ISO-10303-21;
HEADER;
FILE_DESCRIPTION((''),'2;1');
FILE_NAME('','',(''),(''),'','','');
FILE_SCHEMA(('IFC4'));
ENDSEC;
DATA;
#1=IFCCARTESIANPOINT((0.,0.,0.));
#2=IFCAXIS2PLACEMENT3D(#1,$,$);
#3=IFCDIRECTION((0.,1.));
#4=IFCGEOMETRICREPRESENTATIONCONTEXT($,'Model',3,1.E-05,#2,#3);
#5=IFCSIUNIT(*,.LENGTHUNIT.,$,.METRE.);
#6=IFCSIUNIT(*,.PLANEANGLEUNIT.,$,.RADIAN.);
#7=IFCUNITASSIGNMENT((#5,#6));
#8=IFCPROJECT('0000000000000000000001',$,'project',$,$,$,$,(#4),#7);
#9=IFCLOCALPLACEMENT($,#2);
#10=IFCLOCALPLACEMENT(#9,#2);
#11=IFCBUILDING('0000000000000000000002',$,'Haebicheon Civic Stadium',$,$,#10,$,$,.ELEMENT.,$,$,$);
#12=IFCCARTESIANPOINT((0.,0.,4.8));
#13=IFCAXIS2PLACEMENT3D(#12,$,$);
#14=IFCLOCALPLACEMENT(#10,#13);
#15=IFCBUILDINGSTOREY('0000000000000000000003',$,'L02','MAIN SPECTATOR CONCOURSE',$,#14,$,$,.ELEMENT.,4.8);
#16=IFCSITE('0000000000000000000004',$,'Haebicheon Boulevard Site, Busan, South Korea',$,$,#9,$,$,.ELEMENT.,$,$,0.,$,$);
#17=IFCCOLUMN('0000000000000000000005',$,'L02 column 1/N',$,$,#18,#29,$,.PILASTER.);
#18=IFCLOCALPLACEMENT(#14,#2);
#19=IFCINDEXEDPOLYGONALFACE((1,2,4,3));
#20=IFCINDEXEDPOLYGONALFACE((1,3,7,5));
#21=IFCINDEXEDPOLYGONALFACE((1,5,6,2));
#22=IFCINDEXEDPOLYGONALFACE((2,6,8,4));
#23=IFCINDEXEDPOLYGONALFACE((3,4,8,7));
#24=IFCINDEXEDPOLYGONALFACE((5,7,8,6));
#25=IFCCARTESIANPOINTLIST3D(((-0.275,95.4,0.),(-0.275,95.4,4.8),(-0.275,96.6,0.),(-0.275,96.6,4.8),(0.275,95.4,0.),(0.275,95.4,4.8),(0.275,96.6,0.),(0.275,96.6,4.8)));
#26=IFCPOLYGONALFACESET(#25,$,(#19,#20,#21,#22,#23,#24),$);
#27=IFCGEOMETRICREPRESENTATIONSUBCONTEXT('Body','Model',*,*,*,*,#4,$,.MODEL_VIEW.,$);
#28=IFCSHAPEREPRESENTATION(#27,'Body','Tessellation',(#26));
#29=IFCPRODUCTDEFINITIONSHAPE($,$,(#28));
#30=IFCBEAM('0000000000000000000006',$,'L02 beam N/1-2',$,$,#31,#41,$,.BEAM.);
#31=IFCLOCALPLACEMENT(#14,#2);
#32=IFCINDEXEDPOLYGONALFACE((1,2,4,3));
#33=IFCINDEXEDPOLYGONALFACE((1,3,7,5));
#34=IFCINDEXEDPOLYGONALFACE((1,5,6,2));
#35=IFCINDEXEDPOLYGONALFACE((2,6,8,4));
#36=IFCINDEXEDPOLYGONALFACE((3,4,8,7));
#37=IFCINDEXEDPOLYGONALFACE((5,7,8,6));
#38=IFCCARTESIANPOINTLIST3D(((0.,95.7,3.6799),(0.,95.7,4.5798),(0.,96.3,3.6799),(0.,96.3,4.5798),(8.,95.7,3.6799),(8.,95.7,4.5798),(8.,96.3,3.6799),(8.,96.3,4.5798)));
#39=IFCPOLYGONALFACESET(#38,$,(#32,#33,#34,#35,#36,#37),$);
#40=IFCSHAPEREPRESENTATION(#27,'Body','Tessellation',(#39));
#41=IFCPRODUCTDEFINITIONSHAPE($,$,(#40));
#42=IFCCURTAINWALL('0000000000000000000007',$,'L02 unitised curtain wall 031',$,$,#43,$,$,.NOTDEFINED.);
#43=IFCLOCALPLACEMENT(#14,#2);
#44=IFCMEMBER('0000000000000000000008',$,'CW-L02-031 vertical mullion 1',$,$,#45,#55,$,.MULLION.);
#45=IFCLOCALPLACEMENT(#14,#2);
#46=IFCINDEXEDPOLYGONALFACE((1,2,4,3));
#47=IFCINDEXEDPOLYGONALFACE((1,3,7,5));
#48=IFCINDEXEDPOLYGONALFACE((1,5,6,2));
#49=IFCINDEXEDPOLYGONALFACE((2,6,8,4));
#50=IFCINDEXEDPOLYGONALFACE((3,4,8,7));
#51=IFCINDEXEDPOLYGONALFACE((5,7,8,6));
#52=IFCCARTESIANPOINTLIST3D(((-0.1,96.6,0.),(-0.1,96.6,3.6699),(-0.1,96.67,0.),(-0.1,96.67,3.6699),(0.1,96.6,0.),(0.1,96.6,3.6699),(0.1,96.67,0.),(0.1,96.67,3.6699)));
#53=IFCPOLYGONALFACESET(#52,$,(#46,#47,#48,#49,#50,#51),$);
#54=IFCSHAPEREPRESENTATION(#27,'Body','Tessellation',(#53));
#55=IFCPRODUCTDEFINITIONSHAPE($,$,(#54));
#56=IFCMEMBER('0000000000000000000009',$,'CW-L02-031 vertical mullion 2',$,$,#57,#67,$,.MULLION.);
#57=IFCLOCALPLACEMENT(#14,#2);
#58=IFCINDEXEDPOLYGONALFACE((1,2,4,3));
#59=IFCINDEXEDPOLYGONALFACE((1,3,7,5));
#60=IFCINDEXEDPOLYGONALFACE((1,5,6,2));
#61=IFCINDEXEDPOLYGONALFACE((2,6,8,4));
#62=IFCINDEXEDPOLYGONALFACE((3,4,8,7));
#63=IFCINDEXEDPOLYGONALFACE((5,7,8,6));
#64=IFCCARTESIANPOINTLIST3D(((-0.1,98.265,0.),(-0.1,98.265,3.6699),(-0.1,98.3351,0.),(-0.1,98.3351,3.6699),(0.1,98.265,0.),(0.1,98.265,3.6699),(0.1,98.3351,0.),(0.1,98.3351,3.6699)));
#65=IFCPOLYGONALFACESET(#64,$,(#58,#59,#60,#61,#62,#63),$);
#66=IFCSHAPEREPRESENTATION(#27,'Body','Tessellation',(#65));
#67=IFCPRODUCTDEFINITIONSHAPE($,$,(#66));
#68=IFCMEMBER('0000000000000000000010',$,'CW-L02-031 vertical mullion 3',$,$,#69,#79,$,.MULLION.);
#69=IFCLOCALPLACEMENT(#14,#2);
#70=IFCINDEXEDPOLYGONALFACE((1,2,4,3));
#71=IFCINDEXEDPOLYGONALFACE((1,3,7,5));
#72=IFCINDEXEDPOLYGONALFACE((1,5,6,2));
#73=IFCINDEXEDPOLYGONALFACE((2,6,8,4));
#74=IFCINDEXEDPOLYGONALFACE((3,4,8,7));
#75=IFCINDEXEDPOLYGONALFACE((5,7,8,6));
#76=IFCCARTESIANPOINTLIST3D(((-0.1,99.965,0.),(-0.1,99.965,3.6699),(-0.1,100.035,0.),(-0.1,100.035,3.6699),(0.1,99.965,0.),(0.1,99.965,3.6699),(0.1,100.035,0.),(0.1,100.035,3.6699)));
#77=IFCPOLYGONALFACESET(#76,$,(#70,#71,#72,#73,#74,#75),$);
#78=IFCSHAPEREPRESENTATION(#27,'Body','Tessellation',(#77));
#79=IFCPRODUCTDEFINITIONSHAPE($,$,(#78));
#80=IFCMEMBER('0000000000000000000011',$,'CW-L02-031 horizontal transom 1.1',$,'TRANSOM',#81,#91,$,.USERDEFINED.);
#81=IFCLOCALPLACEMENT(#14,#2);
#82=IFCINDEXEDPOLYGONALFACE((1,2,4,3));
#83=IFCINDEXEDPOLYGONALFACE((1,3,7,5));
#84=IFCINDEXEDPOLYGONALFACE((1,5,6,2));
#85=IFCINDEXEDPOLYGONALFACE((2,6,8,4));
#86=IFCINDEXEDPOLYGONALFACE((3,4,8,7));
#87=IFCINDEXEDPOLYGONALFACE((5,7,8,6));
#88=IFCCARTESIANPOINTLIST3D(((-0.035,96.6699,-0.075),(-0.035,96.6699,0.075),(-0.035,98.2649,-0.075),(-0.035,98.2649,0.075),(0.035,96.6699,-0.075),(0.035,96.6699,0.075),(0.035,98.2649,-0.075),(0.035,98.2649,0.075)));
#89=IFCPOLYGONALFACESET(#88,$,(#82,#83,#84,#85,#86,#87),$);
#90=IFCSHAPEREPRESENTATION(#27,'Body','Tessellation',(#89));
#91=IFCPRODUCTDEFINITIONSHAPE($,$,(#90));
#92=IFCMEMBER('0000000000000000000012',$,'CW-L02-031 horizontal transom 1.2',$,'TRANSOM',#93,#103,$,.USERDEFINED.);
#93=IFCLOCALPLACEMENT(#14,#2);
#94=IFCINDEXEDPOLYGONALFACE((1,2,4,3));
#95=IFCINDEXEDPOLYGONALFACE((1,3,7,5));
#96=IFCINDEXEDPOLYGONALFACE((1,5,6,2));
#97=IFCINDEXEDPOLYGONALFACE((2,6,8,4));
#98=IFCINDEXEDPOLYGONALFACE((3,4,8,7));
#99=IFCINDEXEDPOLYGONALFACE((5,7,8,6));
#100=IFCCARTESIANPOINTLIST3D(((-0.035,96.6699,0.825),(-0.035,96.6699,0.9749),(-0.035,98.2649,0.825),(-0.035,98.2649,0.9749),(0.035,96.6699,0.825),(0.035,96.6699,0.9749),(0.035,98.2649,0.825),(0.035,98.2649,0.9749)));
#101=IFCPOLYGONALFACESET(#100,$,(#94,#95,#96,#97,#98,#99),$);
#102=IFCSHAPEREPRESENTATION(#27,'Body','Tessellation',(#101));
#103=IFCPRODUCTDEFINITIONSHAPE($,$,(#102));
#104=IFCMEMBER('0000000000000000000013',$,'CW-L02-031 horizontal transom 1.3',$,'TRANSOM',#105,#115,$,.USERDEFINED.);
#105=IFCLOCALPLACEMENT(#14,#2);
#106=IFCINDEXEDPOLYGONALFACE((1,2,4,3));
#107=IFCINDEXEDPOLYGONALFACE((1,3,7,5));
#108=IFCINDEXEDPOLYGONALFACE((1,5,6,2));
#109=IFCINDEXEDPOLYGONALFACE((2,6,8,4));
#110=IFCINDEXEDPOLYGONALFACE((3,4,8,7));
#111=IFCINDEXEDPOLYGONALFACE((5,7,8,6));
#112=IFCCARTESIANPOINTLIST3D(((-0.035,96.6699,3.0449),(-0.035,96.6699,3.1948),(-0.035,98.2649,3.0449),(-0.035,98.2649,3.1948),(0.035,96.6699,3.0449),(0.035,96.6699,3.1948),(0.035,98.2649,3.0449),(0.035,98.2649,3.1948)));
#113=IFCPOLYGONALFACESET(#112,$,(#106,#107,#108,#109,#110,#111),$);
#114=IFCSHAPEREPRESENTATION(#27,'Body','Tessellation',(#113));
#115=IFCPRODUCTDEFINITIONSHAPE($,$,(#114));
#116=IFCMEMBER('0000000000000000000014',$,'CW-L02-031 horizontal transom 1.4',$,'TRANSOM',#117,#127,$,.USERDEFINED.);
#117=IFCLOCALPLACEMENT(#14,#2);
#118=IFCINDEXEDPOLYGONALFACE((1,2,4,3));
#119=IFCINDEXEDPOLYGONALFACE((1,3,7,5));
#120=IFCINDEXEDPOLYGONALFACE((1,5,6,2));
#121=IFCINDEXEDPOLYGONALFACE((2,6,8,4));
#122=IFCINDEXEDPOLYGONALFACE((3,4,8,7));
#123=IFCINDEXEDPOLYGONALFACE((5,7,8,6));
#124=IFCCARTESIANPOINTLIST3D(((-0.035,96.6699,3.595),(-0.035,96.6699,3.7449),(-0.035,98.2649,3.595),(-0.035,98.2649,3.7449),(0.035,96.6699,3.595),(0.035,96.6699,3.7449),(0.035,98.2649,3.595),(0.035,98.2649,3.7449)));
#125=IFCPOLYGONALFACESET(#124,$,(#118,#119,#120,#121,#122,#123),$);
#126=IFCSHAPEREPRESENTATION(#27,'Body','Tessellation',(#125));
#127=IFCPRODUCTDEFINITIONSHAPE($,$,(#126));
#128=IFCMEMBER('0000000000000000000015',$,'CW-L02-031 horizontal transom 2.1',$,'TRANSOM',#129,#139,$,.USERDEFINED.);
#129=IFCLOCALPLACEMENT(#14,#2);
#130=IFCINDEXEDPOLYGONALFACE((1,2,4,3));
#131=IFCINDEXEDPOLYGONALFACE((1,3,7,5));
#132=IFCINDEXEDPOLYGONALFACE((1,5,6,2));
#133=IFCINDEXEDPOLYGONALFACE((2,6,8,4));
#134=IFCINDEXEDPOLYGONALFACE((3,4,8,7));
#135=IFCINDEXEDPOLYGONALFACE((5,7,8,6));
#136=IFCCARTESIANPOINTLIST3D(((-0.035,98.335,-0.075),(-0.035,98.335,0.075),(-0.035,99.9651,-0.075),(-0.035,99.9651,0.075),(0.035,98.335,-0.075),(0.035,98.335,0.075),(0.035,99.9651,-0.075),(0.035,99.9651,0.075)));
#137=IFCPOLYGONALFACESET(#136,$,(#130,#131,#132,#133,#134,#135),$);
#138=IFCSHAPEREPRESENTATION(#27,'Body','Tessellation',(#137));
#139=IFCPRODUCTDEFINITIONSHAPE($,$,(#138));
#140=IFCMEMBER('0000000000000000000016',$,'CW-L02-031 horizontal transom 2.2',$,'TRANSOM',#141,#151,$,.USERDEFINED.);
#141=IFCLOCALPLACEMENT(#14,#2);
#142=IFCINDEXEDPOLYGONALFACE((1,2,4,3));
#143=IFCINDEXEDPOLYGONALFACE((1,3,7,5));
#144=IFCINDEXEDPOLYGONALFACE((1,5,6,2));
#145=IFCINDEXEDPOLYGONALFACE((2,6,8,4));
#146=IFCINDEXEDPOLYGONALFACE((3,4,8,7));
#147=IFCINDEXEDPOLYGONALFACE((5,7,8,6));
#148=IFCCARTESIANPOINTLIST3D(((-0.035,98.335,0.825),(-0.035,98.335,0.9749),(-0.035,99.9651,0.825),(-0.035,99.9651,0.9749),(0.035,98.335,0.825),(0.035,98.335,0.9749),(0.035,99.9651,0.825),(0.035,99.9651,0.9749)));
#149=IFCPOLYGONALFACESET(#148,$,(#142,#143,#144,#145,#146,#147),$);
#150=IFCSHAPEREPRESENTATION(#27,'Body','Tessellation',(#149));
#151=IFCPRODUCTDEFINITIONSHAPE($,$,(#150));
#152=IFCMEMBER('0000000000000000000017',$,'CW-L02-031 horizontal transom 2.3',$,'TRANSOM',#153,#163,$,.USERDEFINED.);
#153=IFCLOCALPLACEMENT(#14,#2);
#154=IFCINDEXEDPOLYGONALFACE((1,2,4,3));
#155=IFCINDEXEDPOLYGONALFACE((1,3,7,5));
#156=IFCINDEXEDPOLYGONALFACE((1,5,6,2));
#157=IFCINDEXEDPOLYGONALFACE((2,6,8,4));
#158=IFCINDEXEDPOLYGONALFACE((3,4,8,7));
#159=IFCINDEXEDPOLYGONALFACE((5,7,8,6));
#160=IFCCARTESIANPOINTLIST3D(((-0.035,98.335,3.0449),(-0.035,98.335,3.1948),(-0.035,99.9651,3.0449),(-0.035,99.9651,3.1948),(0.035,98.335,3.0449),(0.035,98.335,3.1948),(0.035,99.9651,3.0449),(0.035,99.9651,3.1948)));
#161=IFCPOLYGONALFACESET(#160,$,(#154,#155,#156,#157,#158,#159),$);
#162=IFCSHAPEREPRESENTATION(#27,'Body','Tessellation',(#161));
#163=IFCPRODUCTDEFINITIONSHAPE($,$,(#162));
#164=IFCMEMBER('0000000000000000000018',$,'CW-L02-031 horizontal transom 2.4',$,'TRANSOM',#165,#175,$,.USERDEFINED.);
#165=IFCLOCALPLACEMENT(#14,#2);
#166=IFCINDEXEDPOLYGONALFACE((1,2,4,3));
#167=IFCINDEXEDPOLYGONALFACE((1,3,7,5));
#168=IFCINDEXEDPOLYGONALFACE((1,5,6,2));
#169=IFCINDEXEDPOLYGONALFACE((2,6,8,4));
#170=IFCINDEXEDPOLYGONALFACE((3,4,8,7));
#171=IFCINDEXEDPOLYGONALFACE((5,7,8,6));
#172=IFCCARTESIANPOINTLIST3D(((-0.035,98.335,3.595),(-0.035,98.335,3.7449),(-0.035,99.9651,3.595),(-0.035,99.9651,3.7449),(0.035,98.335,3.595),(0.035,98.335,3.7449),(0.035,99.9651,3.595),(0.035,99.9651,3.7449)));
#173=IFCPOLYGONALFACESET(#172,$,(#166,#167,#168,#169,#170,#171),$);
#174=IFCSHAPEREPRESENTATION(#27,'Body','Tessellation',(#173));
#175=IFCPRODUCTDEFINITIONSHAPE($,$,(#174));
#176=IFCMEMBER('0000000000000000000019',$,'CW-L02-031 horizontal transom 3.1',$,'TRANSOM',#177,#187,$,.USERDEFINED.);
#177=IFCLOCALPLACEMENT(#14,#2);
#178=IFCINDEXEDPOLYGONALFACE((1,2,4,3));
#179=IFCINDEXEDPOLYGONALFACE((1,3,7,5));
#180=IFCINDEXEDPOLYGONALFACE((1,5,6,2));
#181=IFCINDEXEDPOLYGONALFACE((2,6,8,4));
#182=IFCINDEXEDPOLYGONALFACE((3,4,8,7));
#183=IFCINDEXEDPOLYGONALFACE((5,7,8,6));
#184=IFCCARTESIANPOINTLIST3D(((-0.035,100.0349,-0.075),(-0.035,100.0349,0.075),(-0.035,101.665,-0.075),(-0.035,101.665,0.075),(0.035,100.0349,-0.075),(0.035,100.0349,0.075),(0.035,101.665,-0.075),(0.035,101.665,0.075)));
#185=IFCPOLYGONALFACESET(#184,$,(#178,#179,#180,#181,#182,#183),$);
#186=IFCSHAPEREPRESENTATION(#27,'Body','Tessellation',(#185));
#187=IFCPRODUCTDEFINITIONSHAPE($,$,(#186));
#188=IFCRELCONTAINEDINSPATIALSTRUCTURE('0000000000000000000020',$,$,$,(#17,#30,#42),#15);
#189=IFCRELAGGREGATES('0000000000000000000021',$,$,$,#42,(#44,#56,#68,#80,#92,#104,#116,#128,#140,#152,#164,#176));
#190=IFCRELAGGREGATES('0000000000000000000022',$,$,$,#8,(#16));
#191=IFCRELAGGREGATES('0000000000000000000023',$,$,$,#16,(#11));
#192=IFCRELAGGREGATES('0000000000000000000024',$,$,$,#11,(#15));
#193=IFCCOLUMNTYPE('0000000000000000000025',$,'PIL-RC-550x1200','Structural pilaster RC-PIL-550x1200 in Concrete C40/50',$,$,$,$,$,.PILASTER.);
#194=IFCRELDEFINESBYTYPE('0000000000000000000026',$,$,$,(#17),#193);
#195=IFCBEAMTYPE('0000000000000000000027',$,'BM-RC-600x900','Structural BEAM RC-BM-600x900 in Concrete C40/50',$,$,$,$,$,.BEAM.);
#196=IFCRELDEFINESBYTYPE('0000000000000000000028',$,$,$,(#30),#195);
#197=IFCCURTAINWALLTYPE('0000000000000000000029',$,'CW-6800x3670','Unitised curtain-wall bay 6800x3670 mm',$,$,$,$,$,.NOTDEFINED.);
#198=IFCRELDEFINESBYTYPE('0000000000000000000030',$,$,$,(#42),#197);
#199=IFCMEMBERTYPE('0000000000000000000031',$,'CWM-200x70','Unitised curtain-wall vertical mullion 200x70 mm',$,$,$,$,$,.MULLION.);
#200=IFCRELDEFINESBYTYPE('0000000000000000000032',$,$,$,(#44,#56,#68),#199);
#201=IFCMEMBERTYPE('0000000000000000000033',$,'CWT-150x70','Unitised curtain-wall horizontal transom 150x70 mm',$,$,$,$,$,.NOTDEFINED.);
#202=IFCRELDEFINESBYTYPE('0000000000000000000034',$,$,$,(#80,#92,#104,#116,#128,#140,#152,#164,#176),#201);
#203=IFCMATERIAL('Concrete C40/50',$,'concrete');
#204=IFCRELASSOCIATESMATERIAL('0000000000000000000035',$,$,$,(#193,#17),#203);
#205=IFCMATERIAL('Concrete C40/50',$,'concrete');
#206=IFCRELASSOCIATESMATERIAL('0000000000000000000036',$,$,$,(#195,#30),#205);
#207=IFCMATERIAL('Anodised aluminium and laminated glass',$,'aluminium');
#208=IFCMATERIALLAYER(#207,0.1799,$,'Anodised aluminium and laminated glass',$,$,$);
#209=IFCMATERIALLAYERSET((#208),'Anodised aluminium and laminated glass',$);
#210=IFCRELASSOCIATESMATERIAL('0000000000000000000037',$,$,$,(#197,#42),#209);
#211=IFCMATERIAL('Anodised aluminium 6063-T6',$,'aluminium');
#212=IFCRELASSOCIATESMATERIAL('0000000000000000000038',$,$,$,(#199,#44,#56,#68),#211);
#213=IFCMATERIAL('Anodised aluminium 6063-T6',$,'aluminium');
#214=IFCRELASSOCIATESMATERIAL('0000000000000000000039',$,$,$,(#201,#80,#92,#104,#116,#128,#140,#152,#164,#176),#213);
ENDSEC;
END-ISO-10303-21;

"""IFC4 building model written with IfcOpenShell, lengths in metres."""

from ifc_helpers import new_model, si_unit, direction, frame, origin, origin_2d, place, context, subcontext, project, spatial, rectangle, extrude, material, layer, layer_set, material_profile, profile_set, type_object, element, aggregate, save


model = new_model("IFC4")

# Units and contexts
model_context = context("Model", 3, precision=1e-05, world=origin(), true_north=direction((0.0, 1.0)))
body_context = subcontext(model_context, "Body", "Model", "MODEL_VIEW")
ifc_project = project(units=[si_unit("LENGTHUNIT", "METRE"), si_unit("PLANEANGLEUNIT", "RADIAN")], contexts=[model_context])

# Site, building, storey
site_placement = place(None, origin())
site = spatial("IfcSite", under=ifc_project, at=site_placement, Name="Haebicheon Boulevard Site, Busan, South Korea", CompositionType="ELEMENT", RefElevation=0.0)
building_placement = place(site_placement, origin())
building = spatial("IfcBuilding", under=site, at=building_placement, Name="Haebicheon Civic Stadium", CompositionType="ELEMENT")
storey_placement = place(building_placement, frame((0.0, 0.0, 4.8)))
storey = spatial("IfcBuildingStorey", under=building, at=storey_placement, Name="L02", Description="MAIN SPECTATOR CONCOURSE", CompositionType="ELEMENT", Elevation=4.8)

# Column
ifc_material_1 = material(Name="Concrete C40/50", Category="concrete")
ifc_material_profile_1 = material_profile(ifc_material_1, rectangle(XDim=0.55, YDim=1.2, at=origin_2d()), Name="RC-PIL-550x1200")
ifc_profile_set_1 = profile_set([ifc_material_profile_1], Name="Concrete C40/50")
column_type = type_object("IfcColumnType", Name="PIL-RC-550x1200", Description="Structural pilaster RC-PIL-550x1200 in Concrete C40/50", PredefinedType="PILASTER", material=ifc_profile_set_1)
column_placement = place(storey_placement, frame((0.0, 96.0, 0.0), z_axis=(0.0, 0.0, 1.0), x_axis=(1.0, 0.0, 0.0)))
element("IfcColumn", 1, at=column_placement, inside=storey, type_object=column_type, material=ifc_profile_set_1, Name="L02 column 1/N", PredefinedType="PILASTER", context=body_context, shape_type="SweptSolid", body=[
    extrude(rectangle(XDim=0.55, YDim=1.2, at=origin_2d()), origin(), (0.0, 0.0, 1.0), 4.8),
])

# Beam
ifc_material_2 = material(Name="Concrete C40/50", Category="concrete")
ifc_material_profile_2 = material_profile(ifc_material_2, rectangle(XDim=0.6001, YDim=0.8999, at=origin_2d()), Name="RC-BM-600x900")
ifc_profile_set_2 = profile_set([ifc_material_profile_2], Name="Concrete C40/50")
beam_type_1 = type_object("IfcBeamType", Name="BM-RC-600x900", Description="Structural BEAM RC-BM-600x900 in Concrete C40/50", PredefinedType="BEAM", material=ifc_profile_set_2)
beam_1_placement = place(storey_placement, frame((0.0, 96.0, 4.1299), z_axis=(1.0, 0.0, 0.0), x_axis=(0.0, 1.0, 0.0)))
element("IfcBeam", 2, at=beam_1_placement, inside=storey, type_object=beam_type_1, material=ifc_profile_set_2, Name="L02 beam N/1-2", PredefinedType="BEAM", context=body_context, shape_type="SweptSolid", body=[
    extrude(rectangle(XDim=0.6001, YDim=0.8999, at=origin_2d()), origin(), (0.0, 0.0, 1.0), 8.0),
])

# Curtain wall, members
ifc_material_3 = material(Name="Anodised aluminium and laminated glass", Category="aluminium")
ifc_layer_1 = layer(ifc_material_3, 0.1799, Name="Anodised aluminium and laminated glass")
ifc_layer_set_1 = layer_set([ifc_layer_1], Name="Anodised aluminium and laminated glass")
curtain_wall_type = type_object("IfcCurtainWallType", Name="CW-6800x3670", Description="Unitised curtain-wall bay 6800x3670 mm", PredefinedType="NOTDEFINED", material=ifc_layer_set_1)
curtain_wall_placement = place(storey_placement, origin())
curtain_wall = element("IfcCurtainWall", 3, at=curtain_wall_placement, inside=storey, type_object=curtain_wall_type, material=ifc_layer_set_1, Name="L02 unitised curtain wall 031", PredefinedType="NOTDEFINED")
ifc_material_4 = material(Name="Anodised aluminium 6063-T6", Category="aluminium")
ifc_material_profile_3 = material_profile(ifc_material_4, rectangle(XDim=0.0701, YDim=0.2, at=origin_2d()), Name="ALU-MULL-70x200")
ifc_profile_set_3 = profile_set([ifc_material_profile_3], Name="Anodised aluminium 6063-T6")
member_type_1 = type_object("IfcMemberType", Name="CWM-200x70", Description="Unitised curtain-wall vertical mullion 200x70 mm", PredefinedType="MULLION", material=ifc_profile_set_3)
member_1_placement = place(storey_placement, frame((0.0, 96.635, 0.0), z_axis=(0.0, 0.0, 1.0), x_axis=(0.0, 1.0, 0.0)))
member_1 = element("IfcMember", 4, at=member_1_placement, type_object=member_type_1, material=ifc_profile_set_3, Name="CW-L02-031 vertical mullion 1", PredefinedType="MULLION", context=body_context, shape_type="SweptSolid", body=[
    extrude(rectangle(XDim=0.0701, YDim=0.2, at=origin_2d()), origin(), (0.0, 0.0, 1.0), 3.6699),
])
member_2_placement = place(storey_placement, frame((0.0, 98.3, 0.0), z_axis=(0.0, 0.0, 1.0), x_axis=(0.0, 1.0, 0.0)))
member_2 = element("IfcMember", 5, at=member_2_placement, type_object=member_type_1, material=ifc_profile_set_3, Name="CW-L02-031 vertical mullion 2", PredefinedType="MULLION", context=body_context, shape_type="SweptSolid", body=[
    extrude(rectangle(XDim=0.0701, YDim=0.2, at=origin_2d()), origin(), (0.0, 0.0, 1.0), 3.6699),
])
member_3_placement = place(storey_placement, frame((0.0, 100.0, 0.0), z_axis=(0.0, 0.0, 1.0), x_axis=(0.0, 1.0, 0.0)))
member_3 = element("IfcMember", 6, at=member_3_placement, type_object=member_type_1, material=ifc_profile_set_3, Name="CW-L02-031 vertical mullion 3", PredefinedType="MULLION", context=body_context, shape_type="SweptSolid", body=[
    extrude(rectangle(XDim=0.0701, YDim=0.2, at=origin_2d()), origin(), (0.0, 0.0, 1.0), 3.6699),
])
ifc_material_5 = material(Name="Anodised aluminium 6063-T6", Category="aluminium")
ifc_material_profile_4 = material_profile(ifc_material_5, rectangle(XDim=0.0701, YDim=0.1499, at=origin_2d()), Name="ALU-TRAN-70x150")
ifc_profile_set_4 = profile_set([ifc_material_profile_4], Name="Anodised aluminium 6063-T6")
member_type_2 = type_object("IfcMemberType", Name="CWT-150x70", Description="Unitised curtain-wall horizontal transom 150x70 mm", PredefinedType="NOTDEFINED", material=ifc_profile_set_4)
member_4_placement = place(storey_placement, frame((0.0, 96.6699, 0.0), z_axis=(0.0, 1.0, 0.0), x_axis=(-1.0, 0.0, 0.0)))
member_4 = element("IfcMember", 7, at=member_4_placement, type_object=member_type_2, material=ifc_profile_set_4, Name="CW-L02-031 horizontal transom 1.1", ObjectType="TRANSOM", PredefinedType="USERDEFINED", context=body_context, shape_type="SweptSolid", body=[
    extrude(rectangle(XDim=0.0701, YDim=0.1499, at=origin_2d()), origin(), (0.0, 0.0, 1.0), 1.595),
])
member_5_placement = place(storey_placement, frame((0.0, 96.6699, 0.8999), z_axis=(0.0, 1.0, 0.0), x_axis=(-1.0, 0.0, 0.0)))
member_5 = element("IfcMember", 8, at=member_5_placement, type_object=member_type_2, material=ifc_profile_set_4, Name="CW-L02-031 horizontal transom 1.2", ObjectType="TRANSOM", PredefinedType="USERDEFINED", context=body_context, shape_type="SweptSolid", body=[
    extrude(rectangle(XDim=0.0701, YDim=0.1499, at=origin_2d()), origin(), (0.0, 0.0, 1.0), 1.595),
])
member_6_placement = place(storey_placement, frame((0.0, 96.6699, 3.1199), z_axis=(0.0, 1.0, 0.0), x_axis=(-1.0, 0.0, 0.0)))
member_6 = element("IfcMember", 9, at=member_6_placement, type_object=member_type_2, material=ifc_profile_set_4, Name="CW-L02-031 horizontal transom 1.3", ObjectType="TRANSOM", PredefinedType="USERDEFINED", context=body_context, shape_type="SweptSolid", body=[
    extrude(rectangle(XDim=0.0701, YDim=0.1499, at=origin_2d()), origin(), (0.0, 0.0, 1.0), 1.595),
])
member_7_placement = place(storey_placement, frame((0.0, 96.6699, 3.6699), z_axis=(0.0, 1.0, 0.0), x_axis=(-1.0, 0.0, 0.0)))
member_7 = element("IfcMember", 10, at=member_7_placement, type_object=member_type_2, material=ifc_profile_set_4, Name="CW-L02-031 horizontal transom 1.4", ObjectType="TRANSOM", PredefinedType="USERDEFINED", context=body_context, shape_type="SweptSolid", body=[
    extrude(rectangle(XDim=0.0701, YDim=0.1499, at=origin_2d()), origin(), (0.0, 0.0, 1.0), 1.595),
])
member_8_placement = place(storey_placement, frame((0.0, 98.335, 0.0), z_axis=(0.0, 1.0, 0.0), x_axis=(-1.0, 0.0, 0.0)))
member_8 = element("IfcMember", 11, at=member_8_placement, type_object=member_type_2, material=ifc_profile_set_4, Name="CW-L02-031 horizontal transom 2.1", ObjectType="TRANSOM", PredefinedType="USERDEFINED", context=body_context, shape_type="SweptSolid", body=[
    extrude(rectangle(XDim=0.0701, YDim=0.1499, at=origin_2d()), origin(), (0.0, 0.0, 1.0), 1.6301),
])
member_9_placement = place(storey_placement, frame((0.0, 98.335, 0.8999), z_axis=(0.0, 1.0, 0.0), x_axis=(-1.0, 0.0, 0.0)))
member_9 = element("IfcMember", 12, at=member_9_placement, type_object=member_type_2, material=ifc_profile_set_4, Name="CW-L02-031 horizontal transom 2.2", ObjectType="TRANSOM", PredefinedType="USERDEFINED", context=body_context, shape_type="SweptSolid", body=[
    extrude(rectangle(XDim=0.0701, YDim=0.1499, at=origin_2d()), origin(), (0.0, 0.0, 1.0), 1.6301),
])
member_10_placement = place(storey_placement, frame((0.0, 98.335, 3.1199), z_axis=(0.0, 1.0, 0.0), x_axis=(-1.0, 0.0, 0.0)))
member_10 = element("IfcMember", 13, at=member_10_placement, type_object=member_type_2, material=ifc_profile_set_4, Name="CW-L02-031 horizontal transom 2.3", ObjectType="TRANSOM", PredefinedType="USERDEFINED", context=body_context, shape_type="SweptSolid", body=[
    extrude(rectangle(XDim=0.0701, YDim=0.1499, at=origin_2d()), origin(), (0.0, 0.0, 1.0), 1.6301),
])
member_11_placement = place(storey_placement, frame((0.0, 98.335, 3.6699), z_axis=(0.0, 1.0, 0.0), x_axis=(-1.0, 0.0, 0.0)))
member_11 = element("IfcMember", 14, at=member_11_placement, type_object=member_type_2, material=ifc_profile_set_4, Name="CW-L02-031 horizontal transom 2.4", ObjectType="TRANSOM", PredefinedType="USERDEFINED", context=body_context, shape_type="SweptSolid", body=[
    extrude(rectangle(XDim=0.0701, YDim=0.1499, at=origin_2d()), origin(), (0.0, 0.0, 1.0), 1.6301),
])
member_12_placement = place(storey_placement, frame((0.0, 100.0349, 0.0), z_axis=(0.0, 1.0, 0.0), x_axis=(-1.0, 0.0, 0.0)))
member_12 = element("IfcMember", 15, at=member_12_placement, type_object=member_type_2, material=ifc_profile_set_4, Name="CW-L02-031 horizontal transom 3.1", ObjectType="TRANSOM", PredefinedType="USERDEFINED", context=body_context, shape_type="SweptSolid", body=[
    extrude(rectangle(XDim=0.0701, YDim=0.1499, at=origin_2d()), origin(), (0.0, 0.0, 1.0), 1.6301),
])

aggregate(curtain_wall, [member_1, member_2, member_3, member_4, member_5, member_6, member_7, member_8, member_9, member_10, member_11, member_12])

save(model, "model.ifc")
